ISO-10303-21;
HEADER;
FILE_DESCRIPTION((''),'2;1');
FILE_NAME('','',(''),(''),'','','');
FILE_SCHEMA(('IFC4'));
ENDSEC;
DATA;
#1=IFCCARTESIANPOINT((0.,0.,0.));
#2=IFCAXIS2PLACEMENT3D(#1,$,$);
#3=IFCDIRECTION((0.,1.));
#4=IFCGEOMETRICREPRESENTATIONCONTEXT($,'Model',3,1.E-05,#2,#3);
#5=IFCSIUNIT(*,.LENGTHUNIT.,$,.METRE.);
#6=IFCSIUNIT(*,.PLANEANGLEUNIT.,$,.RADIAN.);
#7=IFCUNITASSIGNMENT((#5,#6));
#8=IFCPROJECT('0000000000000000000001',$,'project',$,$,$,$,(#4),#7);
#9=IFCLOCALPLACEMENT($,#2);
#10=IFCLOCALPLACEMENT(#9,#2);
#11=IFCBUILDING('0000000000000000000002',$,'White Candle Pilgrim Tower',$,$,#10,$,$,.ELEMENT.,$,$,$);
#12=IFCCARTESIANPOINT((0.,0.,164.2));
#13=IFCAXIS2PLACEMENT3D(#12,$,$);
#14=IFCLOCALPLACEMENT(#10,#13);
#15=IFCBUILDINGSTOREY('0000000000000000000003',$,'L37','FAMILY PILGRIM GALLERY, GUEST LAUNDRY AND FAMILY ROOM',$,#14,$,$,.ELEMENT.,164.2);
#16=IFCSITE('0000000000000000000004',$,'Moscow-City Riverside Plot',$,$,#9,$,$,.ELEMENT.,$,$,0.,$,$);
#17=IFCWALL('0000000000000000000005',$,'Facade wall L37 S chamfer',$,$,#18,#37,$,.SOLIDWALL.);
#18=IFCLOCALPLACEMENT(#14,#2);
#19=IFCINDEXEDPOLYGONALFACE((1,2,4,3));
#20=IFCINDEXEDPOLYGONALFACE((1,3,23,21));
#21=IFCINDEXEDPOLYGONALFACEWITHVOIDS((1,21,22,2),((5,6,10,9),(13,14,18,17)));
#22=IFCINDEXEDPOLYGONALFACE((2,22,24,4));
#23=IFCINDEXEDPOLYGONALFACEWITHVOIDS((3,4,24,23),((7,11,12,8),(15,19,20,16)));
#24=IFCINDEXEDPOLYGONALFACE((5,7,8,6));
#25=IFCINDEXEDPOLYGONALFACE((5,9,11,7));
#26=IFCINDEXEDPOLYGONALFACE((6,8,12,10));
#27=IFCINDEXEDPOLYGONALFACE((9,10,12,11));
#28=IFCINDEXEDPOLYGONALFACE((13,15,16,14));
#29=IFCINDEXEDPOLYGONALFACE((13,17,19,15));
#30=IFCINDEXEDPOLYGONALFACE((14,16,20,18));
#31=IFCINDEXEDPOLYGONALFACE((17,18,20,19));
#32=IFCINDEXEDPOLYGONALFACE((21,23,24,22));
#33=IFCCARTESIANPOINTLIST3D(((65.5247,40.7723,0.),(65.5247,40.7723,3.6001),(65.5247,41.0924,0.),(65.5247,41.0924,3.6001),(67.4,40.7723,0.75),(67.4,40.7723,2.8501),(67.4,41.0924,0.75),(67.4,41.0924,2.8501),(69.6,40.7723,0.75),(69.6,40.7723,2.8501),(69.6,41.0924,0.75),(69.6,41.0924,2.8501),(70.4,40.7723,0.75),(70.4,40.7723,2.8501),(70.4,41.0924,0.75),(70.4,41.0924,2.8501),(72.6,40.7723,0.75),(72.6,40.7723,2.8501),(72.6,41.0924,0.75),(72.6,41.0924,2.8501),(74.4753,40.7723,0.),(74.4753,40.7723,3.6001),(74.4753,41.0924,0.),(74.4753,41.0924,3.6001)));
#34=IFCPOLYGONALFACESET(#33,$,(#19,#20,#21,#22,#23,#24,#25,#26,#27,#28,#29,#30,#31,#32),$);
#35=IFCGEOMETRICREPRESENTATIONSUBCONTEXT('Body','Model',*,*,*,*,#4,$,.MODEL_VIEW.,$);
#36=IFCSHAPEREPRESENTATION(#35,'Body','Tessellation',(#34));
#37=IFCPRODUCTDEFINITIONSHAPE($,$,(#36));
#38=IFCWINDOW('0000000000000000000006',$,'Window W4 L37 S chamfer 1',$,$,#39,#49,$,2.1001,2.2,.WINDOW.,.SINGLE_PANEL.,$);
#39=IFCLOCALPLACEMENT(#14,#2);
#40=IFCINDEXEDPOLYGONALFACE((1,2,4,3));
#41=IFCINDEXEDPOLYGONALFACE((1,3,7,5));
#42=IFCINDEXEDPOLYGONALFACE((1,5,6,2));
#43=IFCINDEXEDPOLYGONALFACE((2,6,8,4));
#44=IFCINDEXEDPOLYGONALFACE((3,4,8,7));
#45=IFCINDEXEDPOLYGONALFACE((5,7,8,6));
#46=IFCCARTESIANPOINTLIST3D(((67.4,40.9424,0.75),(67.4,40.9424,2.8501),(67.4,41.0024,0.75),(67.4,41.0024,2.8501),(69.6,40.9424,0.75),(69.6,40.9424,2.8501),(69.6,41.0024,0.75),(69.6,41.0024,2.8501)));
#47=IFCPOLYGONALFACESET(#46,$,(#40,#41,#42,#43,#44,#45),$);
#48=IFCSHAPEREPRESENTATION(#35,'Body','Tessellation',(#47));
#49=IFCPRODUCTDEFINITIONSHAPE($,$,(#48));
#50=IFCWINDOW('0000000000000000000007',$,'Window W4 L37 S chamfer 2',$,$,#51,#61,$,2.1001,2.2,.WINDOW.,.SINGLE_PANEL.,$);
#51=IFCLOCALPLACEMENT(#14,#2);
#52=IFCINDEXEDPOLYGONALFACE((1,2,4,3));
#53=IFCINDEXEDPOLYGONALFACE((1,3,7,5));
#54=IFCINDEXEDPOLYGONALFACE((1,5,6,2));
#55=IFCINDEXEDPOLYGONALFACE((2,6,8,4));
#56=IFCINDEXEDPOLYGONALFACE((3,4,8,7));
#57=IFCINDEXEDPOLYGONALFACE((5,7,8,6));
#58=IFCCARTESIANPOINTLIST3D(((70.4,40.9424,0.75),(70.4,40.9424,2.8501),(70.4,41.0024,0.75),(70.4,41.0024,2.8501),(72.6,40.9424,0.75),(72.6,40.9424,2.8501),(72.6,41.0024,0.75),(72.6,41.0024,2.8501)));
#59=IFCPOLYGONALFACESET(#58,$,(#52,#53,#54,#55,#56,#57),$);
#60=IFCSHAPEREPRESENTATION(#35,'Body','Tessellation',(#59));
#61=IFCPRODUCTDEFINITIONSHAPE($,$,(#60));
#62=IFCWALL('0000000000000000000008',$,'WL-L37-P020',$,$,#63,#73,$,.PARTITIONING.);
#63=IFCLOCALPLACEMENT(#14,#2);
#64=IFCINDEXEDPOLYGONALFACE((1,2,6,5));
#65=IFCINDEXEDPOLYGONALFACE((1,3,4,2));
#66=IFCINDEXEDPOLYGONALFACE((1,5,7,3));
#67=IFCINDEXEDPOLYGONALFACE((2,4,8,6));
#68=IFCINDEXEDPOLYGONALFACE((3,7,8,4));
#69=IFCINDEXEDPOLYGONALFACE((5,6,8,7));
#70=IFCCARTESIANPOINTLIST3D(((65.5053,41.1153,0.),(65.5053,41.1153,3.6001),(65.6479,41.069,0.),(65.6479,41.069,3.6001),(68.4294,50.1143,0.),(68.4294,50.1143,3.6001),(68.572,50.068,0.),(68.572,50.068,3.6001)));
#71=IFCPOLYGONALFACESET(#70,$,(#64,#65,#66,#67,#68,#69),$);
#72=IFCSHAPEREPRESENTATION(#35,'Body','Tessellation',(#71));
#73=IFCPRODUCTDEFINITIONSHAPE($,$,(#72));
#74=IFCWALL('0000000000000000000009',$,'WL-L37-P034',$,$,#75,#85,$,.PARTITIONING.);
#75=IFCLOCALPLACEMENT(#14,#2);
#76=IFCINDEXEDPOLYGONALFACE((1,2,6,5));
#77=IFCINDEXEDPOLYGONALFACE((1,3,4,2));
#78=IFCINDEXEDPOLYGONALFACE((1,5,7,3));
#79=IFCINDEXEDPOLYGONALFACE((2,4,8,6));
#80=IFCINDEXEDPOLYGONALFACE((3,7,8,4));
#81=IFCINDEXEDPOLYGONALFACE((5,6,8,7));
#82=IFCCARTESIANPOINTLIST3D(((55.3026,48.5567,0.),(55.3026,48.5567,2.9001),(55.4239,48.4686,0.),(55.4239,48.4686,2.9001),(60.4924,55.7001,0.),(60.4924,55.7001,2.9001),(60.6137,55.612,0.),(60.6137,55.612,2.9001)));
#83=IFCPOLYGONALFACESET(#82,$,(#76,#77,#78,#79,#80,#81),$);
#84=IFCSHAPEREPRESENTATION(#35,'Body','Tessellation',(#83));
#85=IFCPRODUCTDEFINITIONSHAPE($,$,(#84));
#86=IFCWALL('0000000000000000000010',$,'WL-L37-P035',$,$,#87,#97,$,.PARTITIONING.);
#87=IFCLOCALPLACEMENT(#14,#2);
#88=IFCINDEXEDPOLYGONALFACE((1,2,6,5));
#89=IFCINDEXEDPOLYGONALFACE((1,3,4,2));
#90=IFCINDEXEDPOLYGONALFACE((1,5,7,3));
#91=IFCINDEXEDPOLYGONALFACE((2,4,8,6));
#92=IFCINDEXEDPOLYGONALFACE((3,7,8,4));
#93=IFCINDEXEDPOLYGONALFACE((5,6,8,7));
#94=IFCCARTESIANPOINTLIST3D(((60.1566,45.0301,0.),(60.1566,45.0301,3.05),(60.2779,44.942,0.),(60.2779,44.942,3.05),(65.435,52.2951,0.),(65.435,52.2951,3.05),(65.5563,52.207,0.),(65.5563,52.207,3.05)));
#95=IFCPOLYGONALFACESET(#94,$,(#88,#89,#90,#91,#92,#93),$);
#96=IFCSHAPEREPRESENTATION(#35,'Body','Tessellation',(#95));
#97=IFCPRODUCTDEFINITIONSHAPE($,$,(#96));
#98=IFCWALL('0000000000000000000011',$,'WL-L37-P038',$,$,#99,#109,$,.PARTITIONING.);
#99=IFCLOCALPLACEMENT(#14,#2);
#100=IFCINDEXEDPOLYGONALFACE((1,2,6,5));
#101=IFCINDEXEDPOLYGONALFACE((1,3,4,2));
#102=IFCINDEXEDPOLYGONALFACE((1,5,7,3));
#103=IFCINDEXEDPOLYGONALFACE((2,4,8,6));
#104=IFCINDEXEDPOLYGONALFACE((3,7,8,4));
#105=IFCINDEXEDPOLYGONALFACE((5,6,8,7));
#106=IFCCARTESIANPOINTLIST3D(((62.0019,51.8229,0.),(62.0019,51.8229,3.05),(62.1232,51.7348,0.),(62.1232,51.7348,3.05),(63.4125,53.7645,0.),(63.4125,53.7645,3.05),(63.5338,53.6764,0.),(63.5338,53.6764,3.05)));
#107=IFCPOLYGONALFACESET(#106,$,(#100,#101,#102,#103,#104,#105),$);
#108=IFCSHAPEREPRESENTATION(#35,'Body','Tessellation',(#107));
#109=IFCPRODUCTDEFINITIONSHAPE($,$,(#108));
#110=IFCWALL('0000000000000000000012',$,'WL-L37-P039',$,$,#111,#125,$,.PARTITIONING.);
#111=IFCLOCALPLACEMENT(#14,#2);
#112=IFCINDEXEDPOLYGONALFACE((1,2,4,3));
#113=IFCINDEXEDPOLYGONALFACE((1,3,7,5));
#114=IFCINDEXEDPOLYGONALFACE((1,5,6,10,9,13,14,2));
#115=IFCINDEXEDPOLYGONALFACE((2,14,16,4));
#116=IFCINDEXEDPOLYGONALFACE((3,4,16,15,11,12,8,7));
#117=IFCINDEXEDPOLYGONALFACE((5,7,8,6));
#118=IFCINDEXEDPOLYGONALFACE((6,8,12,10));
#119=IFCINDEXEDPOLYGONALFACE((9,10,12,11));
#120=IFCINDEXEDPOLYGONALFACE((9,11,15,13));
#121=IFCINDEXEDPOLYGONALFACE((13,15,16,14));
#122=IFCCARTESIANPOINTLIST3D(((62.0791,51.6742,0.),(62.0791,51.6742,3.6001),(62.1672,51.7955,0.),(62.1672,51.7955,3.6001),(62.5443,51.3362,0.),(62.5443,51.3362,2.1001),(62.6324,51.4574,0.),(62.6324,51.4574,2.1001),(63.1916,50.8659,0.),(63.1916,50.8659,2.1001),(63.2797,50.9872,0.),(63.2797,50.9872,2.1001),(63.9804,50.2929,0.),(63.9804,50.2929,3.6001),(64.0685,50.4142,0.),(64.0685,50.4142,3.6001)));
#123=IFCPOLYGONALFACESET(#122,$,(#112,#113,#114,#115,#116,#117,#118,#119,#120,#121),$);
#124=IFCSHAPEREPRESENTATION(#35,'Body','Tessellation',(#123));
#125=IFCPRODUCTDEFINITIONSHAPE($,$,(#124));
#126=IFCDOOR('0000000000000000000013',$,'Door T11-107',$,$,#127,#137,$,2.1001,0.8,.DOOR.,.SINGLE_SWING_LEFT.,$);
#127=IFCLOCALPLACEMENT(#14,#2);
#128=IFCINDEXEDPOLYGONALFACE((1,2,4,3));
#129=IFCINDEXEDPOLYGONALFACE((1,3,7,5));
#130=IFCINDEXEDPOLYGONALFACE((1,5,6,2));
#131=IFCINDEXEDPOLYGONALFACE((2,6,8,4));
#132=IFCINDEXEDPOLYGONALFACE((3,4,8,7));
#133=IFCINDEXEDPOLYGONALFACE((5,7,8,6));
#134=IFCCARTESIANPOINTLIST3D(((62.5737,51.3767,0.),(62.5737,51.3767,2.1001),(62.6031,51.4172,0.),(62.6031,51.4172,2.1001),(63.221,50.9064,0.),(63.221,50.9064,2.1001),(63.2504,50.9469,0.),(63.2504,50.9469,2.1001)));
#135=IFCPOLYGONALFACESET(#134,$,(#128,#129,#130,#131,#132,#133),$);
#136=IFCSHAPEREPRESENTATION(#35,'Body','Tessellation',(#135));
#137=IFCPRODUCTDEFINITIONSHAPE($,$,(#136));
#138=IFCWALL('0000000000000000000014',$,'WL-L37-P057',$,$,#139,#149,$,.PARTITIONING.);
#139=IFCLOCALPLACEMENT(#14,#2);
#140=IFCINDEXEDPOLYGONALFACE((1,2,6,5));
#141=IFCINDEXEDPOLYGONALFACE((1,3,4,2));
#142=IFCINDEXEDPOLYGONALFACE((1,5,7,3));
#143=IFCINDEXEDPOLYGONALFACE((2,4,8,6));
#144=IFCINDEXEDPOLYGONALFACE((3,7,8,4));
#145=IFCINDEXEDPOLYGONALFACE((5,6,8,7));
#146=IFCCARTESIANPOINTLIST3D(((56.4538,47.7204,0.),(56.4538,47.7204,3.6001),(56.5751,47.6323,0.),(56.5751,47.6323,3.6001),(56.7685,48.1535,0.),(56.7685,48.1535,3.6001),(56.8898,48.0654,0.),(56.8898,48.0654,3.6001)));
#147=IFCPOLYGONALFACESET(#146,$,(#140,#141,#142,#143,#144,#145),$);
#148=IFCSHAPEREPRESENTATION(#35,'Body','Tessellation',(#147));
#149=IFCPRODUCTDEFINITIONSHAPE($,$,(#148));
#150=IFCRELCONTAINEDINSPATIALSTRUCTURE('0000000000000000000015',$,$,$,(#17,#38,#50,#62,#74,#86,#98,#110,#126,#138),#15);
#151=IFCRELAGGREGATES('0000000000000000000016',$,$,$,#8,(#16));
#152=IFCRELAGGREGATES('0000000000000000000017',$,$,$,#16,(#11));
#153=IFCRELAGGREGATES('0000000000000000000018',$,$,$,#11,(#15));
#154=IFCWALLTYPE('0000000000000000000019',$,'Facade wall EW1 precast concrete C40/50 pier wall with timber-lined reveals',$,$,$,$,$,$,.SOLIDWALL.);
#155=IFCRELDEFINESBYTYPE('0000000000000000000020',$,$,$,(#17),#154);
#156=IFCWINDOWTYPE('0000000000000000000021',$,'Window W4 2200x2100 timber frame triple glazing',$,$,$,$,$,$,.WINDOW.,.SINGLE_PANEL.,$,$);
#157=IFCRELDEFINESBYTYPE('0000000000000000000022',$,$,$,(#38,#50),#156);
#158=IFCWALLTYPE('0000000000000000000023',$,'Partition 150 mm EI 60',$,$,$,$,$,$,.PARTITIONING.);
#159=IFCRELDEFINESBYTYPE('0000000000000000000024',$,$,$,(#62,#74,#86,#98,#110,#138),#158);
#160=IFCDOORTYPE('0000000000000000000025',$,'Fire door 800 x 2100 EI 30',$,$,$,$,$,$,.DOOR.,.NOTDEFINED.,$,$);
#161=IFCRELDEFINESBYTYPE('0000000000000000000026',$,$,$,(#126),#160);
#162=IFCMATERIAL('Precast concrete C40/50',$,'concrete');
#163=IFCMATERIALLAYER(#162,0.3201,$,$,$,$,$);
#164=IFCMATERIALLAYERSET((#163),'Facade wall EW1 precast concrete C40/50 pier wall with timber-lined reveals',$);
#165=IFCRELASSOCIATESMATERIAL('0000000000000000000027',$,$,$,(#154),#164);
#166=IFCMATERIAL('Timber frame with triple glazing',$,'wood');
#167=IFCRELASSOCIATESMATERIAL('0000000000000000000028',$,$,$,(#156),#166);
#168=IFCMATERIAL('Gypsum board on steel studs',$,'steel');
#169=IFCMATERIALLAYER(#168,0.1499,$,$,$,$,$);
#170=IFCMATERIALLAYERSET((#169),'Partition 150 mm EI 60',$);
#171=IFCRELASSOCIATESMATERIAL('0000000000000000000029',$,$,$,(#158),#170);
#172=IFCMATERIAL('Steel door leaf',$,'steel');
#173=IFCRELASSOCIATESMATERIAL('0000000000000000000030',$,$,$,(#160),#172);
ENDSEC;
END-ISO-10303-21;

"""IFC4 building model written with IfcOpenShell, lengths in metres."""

from ifc_helpers import new_model, si_unit, direction, frame, frame_2d, origin, place, context, subcontext, project, spatial, rectangle, extrude, material, layer, layer_set, type_object, element, fill, save


model = new_model("IFC4")

# Units and contexts
model_context = context("Model", 3, precision=1e-05, world=origin(), true_north=direction((0.0, 1.0)))
body_context = subcontext(model_context, "Body", "Model", "MODEL_VIEW")
ifc_project = project(units=[si_unit("LENGTHUNIT", "METRE"), si_unit("PLANEANGLEUNIT", "RADIAN")], contexts=[model_context])

# Site, building, storey
site_placement = place(None, origin())
site = spatial("IfcSite", under=ifc_project, at=site_placement, Name="Moscow-City Riverside Plot", CompositionType="ELEMENT", RefElevation=0.0)
building_placement = place(site_placement, origin())
building = spatial("IfcBuilding", under=site, at=building_placement, Name="White Candle Pilgrim Tower", CompositionType="ELEMENT")
storey_placement = place(building_placement, frame((0.0, 0.0, 164.2)))
storey = spatial("IfcBuildingStorey", under=building, at=storey_placement, Name="L37", Description="FAMILY PILGRIM GALLERY, GUEST LAUNDRY AND FAMILY ROOM", CompositionType="ELEMENT", Elevation=164.2)

# Wall, openings, windows
ifc_material_1 = material(Name="Precast concrete C40/50", Category="concrete")
ifc_layer_1 = layer(ifc_material_1, 0.3201)
ifc_layer_set_1 = layer_set([ifc_layer_1], Name="Facade wall EW1 precast concrete C40/50 pier wall with timber-lined reveals")
wall_type_1 = type_object("IfcWallType", Name="Facade wall EW1 precast concrete C40/50 pier wall with timber-lined reveals", PredefinedType="SOLIDWALL", material=ifc_layer_set_1)
wall_1_placement = place(storey_placement, frame((65.5247, 40.9324, 0.0), z_axis=(0.0, 0.0, 1.0), x_axis=(1.0, 0.0, 0.0)))
wall_1 = element("IfcWall", 1, at=wall_1_placement, inside=storey, type_object=wall_type_1, Name="Facade wall L37 S chamfer", PredefinedType="SOLIDWALL", context=body_context, shape_type="SweptSolid", body=[
    extrude(rectangle(XDim=8.9507, YDim=0.3201, at=frame_2d((4.4753, 0.0))), origin(), (0.0, 0.0, 1.0), 3.6001),
])
opening_1_placement = place(wall_1_placement, frame((1.8752, 0.0, 0.75)))
opening_1 = element("IfcOpeningElement", 2, at=opening_1_placement, cuts=wall_1, PredefinedType="OPENING", context=body_context, shape_type="SweptSolid", body=[
    extrude(rectangle(XDim=2.2, YDim=2.1001, at=frame_2d((1.1001, 1.05))), frame((0.0, 0.1699, 0.0), z_axis=(0.0, -1.0, 0.0), x_axis=(1.0, 0.0, 0.0)), (0.0, 0.0, 1.0), 0.3401),
])
opening_2_placement = place(wall_1_placement, frame((4.8752, 0.0, 0.75)))
opening_2 = element("IfcOpeningElement", 3, at=opening_2_placement, cuts=wall_1, PredefinedType="OPENING", context=body_context, shape_type="SweptSolid", body=[
    extrude(rectangle(XDim=2.2, YDim=2.1001, at=frame_2d((1.1001, 1.05))), frame((0.0, 0.1699, 0.0), z_axis=(0.0, -1.0, 0.0), x_axis=(1.0, 0.0, 0.0)), (0.0, 0.0, 1.0), 0.3401),
])
ifc_material_2 = material(Name="Timber frame with triple glazing", Category="wood")
window_type = type_object("IfcWindowType", Name="Window W4 2200x2100 timber frame triple glazing", PartitioningType="SINGLE_PANEL", PredefinedType="WINDOW", material=ifc_material_2)
window_1_placement = place(opening_1_placement, origin())
window_1 = element("IfcWindow", 4, at=window_1_placement, inside=storey, type_object=window_type, Name="Window W4 L37 S chamfer 1", OverallHeight=2.1001, OverallWidth=2.2, PartitioningType="SINGLE_PANEL", PredefinedType="WINDOW", context=body_context, shape_type="SweptSolid", body=[
    extrude(rectangle(XDim=2.2, YDim=2.1001, at=frame_2d((1.1001, 1.05))), frame((0.0, 0.0701, 0.0), z_axis=(0.0, -1.0, 0.0), x_axis=(1.0, 0.0, 0.0)), (0.0, 0.0, 1.0), 0.0601),
])
fill(opening_1, window_1)
window_2_placement = place(opening_2_placement, origin())
window_2 = element("IfcWindow", 5, at=window_2_placement, inside=storey, type_object=window_type, Name="Window W4 L37 S chamfer 2", OverallHeight=2.1001, OverallWidth=2.2, PartitioningType="SINGLE_PANEL", PredefinedType="WINDOW", context=body_context, shape_type="SweptSolid", body=[
    extrude(rectangle(XDim=2.2, YDim=2.1001, at=frame_2d((1.1001, 1.05))), frame((0.0, 0.0701, 0.0), z_axis=(0.0, -1.0, 0.0), x_axis=(1.0, 0.0, 0.0)), (0.0, 0.0, 1.0), 0.0601),
])
fill(opening_2, window_2)

# Walls
ifc_material_3 = material(Name="Gypsum board on steel studs", Category="steel")
ifc_layer_2 = layer(ifc_material_3, 0.1499)
ifc_layer_set_2 = layer_set([ifc_layer_2], Name="Partition 150 mm EI 60")
wall_type_2 = type_object("IfcWallType", Name="Partition 150 mm EI 60", PredefinedType="PARTITIONING", material=ifc_layer_set_2)
wall_2_placement = place(storey_placement, frame((65.5767, 41.0923, 0.0), z_axis=(0.0, 0.0, 1.0), x_axis=(0.309028, 0.951053, 0.0)))
element("IfcWall", 6, at=wall_2_placement, inside=storey, type_object=wall_type_2, Name="WL-L37-P020", PredefinedType="PARTITIONING", context=body_context, shape_type="SweptSolid", body=[
    extrude(rectangle(XDim=9.4622, YDim=0.1499, at=frame_2d((4.731, 0.0))), origin(), (0.0, 0.0, 1.0), 3.6001),
])
wall_3_placement = place(storey_placement, frame((55.3633, 48.5127, 0.0), z_axis=(0.0, 0.0, 1.0), x_axis=(0.587769, 0.809029, 0.0)))
element("IfcWall", 7, at=wall_3_placement, inside=storey, type_object=wall_type_2, Name="WL-L37-P034", PredefinedType="PARTITIONING", context=body_context, shape_type="SweptSolid", body=[
    extrude(rectangle(XDim=8.8296, YDim=0.1499, at=frame_2d((4.4148, 0.0))), origin(), (0.0, 0.0, 1.0), 2.9001),
])
wall_4_placement = place(storey_placement, frame((60.2173, 44.9861, 0.0), z_axis=(0.0, 0.0, 1.0), x_axis=(0.58779, 0.809013, 0.0)))
element("IfcWall", 8, at=wall_4_placement, inside=storey, type_object=wall_type_2, Name="WL-L37-P035", PredefinedType="PARTITIONING", context=body_context, shape_type="SweptSolid", body=[
    extrude(rectangle(XDim=8.98, YDim=0.1499, at=frame_2d((4.49, 0.0))), origin(), (0.0, 0.0, 1.0), 3.05),
])
wall_5_placement = place(storey_placement, frame((63.4731, 53.7205, 0.0), z_axis=(0.0, 0.0, 1.0), x_axis=(-0.587772, -0.809026, 0.0)))
element("IfcWall", 9, at=wall_5_placement, inside=storey, type_object=wall_type_2, Name="WL-L37-P038", PredefinedType="PARTITIONING", context=body_context, shape_type="SweptSolid", body=[
    extrude(rectangle(XDim=2.3999, YDim=0.1499, at=frame_2d((1.2, 0.0))), origin(), (0.0, 0.0, 1.0), 3.05),
])

# Wall, opening, door
wall_6_placement = place(storey_placement, frame((64.0244, 50.3535, 0.0), z_axis=(0.0, 0.0, 1.0), x_axis=(-0.809032, 0.587764, 0.0)))
wall_6 = element("IfcWall", 10, at=wall_6_placement, inside=storey, type_object=wall_type_2, Name="WL-L37-P039", PredefinedType="PARTITIONING", context=body_context, shape_type="SweptSolid", body=[
    extrude(rectangle(XDim=2.3501, YDim=0.1499, at=frame_2d((1.175, 0.0))), origin(), (0.0, 0.0, 1.0), 3.6001),
])
opening_3_placement = place(wall_6_placement, frame((0.9751, 0.0, 0.0)))
opening_3 = element("IfcOpeningElement", 11, at=opening_3_placement, cuts=wall_6, PredefinedType="OPENING", context=body_context, shape_type="SweptSolid", body=[
    extrude(rectangle(XDim=0.8, YDim=2.1001, at=frame_2d((0.3999, 1.05))), frame((0.0, 0.085, 0.0), z_axis=(0.0, -1.0, 0.0), x_axis=(1.0, 0.0, 0.0)), (0.0, 0.0, 1.0), 0.1699),
])
ifc_material_4 = material(Name="Steel door leaf", Category="steel")
door_type = type_object("IfcDoorType", Name="Fire door 800 x 2100 EI 30", OperationType="NOTDEFINED", PredefinedType="DOOR", material=ifc_material_4)
door_placement = place(opening_3_placement, origin())
door = element("IfcDoor", 12, at=door_placement, inside=storey, type_object=door_type, Name="Door T11-107", OperationType="SINGLE_SWING_LEFT", OverallHeight=2.1001, OverallWidth=0.8, PredefinedType="DOOR", context=body_context, shape_type="SweptSolid", body=[
    extrude(rectangle(XDim=0.8, YDim=2.1001, at=frame_2d((0.3999, 1.05))), frame((0.0, 0.0249, 0.0), z_axis=(0.0, -1.0, 0.0), x_axis=(1.0, 0.0, 0.0)), (0.0, 0.0, 1.0), 0.05),
])
fill(opening_3, door)

# Wall
wall_7_placement = place(storey_placement, frame((56.8291, 48.1094, 0.0), z_axis=(0.0, 0.0, 1.0), x_axis=(-0.587819, -0.808992, 0.0)))
element("IfcWall", 13, at=wall_7_placement, inside=storey, type_object=wall_type_2, Name="WL-L37-P057", PredefinedType="PARTITIONING", context=body_context, shape_type="SweptSolid", body=[
    extrude(rectangle(XDim=0.5354, YDim=0.1499, at=frame_2d((0.2676, 0.0))), origin(), (0.0, 0.0, 1.0), 3.6001),
])

save(model, "model.ifc")
